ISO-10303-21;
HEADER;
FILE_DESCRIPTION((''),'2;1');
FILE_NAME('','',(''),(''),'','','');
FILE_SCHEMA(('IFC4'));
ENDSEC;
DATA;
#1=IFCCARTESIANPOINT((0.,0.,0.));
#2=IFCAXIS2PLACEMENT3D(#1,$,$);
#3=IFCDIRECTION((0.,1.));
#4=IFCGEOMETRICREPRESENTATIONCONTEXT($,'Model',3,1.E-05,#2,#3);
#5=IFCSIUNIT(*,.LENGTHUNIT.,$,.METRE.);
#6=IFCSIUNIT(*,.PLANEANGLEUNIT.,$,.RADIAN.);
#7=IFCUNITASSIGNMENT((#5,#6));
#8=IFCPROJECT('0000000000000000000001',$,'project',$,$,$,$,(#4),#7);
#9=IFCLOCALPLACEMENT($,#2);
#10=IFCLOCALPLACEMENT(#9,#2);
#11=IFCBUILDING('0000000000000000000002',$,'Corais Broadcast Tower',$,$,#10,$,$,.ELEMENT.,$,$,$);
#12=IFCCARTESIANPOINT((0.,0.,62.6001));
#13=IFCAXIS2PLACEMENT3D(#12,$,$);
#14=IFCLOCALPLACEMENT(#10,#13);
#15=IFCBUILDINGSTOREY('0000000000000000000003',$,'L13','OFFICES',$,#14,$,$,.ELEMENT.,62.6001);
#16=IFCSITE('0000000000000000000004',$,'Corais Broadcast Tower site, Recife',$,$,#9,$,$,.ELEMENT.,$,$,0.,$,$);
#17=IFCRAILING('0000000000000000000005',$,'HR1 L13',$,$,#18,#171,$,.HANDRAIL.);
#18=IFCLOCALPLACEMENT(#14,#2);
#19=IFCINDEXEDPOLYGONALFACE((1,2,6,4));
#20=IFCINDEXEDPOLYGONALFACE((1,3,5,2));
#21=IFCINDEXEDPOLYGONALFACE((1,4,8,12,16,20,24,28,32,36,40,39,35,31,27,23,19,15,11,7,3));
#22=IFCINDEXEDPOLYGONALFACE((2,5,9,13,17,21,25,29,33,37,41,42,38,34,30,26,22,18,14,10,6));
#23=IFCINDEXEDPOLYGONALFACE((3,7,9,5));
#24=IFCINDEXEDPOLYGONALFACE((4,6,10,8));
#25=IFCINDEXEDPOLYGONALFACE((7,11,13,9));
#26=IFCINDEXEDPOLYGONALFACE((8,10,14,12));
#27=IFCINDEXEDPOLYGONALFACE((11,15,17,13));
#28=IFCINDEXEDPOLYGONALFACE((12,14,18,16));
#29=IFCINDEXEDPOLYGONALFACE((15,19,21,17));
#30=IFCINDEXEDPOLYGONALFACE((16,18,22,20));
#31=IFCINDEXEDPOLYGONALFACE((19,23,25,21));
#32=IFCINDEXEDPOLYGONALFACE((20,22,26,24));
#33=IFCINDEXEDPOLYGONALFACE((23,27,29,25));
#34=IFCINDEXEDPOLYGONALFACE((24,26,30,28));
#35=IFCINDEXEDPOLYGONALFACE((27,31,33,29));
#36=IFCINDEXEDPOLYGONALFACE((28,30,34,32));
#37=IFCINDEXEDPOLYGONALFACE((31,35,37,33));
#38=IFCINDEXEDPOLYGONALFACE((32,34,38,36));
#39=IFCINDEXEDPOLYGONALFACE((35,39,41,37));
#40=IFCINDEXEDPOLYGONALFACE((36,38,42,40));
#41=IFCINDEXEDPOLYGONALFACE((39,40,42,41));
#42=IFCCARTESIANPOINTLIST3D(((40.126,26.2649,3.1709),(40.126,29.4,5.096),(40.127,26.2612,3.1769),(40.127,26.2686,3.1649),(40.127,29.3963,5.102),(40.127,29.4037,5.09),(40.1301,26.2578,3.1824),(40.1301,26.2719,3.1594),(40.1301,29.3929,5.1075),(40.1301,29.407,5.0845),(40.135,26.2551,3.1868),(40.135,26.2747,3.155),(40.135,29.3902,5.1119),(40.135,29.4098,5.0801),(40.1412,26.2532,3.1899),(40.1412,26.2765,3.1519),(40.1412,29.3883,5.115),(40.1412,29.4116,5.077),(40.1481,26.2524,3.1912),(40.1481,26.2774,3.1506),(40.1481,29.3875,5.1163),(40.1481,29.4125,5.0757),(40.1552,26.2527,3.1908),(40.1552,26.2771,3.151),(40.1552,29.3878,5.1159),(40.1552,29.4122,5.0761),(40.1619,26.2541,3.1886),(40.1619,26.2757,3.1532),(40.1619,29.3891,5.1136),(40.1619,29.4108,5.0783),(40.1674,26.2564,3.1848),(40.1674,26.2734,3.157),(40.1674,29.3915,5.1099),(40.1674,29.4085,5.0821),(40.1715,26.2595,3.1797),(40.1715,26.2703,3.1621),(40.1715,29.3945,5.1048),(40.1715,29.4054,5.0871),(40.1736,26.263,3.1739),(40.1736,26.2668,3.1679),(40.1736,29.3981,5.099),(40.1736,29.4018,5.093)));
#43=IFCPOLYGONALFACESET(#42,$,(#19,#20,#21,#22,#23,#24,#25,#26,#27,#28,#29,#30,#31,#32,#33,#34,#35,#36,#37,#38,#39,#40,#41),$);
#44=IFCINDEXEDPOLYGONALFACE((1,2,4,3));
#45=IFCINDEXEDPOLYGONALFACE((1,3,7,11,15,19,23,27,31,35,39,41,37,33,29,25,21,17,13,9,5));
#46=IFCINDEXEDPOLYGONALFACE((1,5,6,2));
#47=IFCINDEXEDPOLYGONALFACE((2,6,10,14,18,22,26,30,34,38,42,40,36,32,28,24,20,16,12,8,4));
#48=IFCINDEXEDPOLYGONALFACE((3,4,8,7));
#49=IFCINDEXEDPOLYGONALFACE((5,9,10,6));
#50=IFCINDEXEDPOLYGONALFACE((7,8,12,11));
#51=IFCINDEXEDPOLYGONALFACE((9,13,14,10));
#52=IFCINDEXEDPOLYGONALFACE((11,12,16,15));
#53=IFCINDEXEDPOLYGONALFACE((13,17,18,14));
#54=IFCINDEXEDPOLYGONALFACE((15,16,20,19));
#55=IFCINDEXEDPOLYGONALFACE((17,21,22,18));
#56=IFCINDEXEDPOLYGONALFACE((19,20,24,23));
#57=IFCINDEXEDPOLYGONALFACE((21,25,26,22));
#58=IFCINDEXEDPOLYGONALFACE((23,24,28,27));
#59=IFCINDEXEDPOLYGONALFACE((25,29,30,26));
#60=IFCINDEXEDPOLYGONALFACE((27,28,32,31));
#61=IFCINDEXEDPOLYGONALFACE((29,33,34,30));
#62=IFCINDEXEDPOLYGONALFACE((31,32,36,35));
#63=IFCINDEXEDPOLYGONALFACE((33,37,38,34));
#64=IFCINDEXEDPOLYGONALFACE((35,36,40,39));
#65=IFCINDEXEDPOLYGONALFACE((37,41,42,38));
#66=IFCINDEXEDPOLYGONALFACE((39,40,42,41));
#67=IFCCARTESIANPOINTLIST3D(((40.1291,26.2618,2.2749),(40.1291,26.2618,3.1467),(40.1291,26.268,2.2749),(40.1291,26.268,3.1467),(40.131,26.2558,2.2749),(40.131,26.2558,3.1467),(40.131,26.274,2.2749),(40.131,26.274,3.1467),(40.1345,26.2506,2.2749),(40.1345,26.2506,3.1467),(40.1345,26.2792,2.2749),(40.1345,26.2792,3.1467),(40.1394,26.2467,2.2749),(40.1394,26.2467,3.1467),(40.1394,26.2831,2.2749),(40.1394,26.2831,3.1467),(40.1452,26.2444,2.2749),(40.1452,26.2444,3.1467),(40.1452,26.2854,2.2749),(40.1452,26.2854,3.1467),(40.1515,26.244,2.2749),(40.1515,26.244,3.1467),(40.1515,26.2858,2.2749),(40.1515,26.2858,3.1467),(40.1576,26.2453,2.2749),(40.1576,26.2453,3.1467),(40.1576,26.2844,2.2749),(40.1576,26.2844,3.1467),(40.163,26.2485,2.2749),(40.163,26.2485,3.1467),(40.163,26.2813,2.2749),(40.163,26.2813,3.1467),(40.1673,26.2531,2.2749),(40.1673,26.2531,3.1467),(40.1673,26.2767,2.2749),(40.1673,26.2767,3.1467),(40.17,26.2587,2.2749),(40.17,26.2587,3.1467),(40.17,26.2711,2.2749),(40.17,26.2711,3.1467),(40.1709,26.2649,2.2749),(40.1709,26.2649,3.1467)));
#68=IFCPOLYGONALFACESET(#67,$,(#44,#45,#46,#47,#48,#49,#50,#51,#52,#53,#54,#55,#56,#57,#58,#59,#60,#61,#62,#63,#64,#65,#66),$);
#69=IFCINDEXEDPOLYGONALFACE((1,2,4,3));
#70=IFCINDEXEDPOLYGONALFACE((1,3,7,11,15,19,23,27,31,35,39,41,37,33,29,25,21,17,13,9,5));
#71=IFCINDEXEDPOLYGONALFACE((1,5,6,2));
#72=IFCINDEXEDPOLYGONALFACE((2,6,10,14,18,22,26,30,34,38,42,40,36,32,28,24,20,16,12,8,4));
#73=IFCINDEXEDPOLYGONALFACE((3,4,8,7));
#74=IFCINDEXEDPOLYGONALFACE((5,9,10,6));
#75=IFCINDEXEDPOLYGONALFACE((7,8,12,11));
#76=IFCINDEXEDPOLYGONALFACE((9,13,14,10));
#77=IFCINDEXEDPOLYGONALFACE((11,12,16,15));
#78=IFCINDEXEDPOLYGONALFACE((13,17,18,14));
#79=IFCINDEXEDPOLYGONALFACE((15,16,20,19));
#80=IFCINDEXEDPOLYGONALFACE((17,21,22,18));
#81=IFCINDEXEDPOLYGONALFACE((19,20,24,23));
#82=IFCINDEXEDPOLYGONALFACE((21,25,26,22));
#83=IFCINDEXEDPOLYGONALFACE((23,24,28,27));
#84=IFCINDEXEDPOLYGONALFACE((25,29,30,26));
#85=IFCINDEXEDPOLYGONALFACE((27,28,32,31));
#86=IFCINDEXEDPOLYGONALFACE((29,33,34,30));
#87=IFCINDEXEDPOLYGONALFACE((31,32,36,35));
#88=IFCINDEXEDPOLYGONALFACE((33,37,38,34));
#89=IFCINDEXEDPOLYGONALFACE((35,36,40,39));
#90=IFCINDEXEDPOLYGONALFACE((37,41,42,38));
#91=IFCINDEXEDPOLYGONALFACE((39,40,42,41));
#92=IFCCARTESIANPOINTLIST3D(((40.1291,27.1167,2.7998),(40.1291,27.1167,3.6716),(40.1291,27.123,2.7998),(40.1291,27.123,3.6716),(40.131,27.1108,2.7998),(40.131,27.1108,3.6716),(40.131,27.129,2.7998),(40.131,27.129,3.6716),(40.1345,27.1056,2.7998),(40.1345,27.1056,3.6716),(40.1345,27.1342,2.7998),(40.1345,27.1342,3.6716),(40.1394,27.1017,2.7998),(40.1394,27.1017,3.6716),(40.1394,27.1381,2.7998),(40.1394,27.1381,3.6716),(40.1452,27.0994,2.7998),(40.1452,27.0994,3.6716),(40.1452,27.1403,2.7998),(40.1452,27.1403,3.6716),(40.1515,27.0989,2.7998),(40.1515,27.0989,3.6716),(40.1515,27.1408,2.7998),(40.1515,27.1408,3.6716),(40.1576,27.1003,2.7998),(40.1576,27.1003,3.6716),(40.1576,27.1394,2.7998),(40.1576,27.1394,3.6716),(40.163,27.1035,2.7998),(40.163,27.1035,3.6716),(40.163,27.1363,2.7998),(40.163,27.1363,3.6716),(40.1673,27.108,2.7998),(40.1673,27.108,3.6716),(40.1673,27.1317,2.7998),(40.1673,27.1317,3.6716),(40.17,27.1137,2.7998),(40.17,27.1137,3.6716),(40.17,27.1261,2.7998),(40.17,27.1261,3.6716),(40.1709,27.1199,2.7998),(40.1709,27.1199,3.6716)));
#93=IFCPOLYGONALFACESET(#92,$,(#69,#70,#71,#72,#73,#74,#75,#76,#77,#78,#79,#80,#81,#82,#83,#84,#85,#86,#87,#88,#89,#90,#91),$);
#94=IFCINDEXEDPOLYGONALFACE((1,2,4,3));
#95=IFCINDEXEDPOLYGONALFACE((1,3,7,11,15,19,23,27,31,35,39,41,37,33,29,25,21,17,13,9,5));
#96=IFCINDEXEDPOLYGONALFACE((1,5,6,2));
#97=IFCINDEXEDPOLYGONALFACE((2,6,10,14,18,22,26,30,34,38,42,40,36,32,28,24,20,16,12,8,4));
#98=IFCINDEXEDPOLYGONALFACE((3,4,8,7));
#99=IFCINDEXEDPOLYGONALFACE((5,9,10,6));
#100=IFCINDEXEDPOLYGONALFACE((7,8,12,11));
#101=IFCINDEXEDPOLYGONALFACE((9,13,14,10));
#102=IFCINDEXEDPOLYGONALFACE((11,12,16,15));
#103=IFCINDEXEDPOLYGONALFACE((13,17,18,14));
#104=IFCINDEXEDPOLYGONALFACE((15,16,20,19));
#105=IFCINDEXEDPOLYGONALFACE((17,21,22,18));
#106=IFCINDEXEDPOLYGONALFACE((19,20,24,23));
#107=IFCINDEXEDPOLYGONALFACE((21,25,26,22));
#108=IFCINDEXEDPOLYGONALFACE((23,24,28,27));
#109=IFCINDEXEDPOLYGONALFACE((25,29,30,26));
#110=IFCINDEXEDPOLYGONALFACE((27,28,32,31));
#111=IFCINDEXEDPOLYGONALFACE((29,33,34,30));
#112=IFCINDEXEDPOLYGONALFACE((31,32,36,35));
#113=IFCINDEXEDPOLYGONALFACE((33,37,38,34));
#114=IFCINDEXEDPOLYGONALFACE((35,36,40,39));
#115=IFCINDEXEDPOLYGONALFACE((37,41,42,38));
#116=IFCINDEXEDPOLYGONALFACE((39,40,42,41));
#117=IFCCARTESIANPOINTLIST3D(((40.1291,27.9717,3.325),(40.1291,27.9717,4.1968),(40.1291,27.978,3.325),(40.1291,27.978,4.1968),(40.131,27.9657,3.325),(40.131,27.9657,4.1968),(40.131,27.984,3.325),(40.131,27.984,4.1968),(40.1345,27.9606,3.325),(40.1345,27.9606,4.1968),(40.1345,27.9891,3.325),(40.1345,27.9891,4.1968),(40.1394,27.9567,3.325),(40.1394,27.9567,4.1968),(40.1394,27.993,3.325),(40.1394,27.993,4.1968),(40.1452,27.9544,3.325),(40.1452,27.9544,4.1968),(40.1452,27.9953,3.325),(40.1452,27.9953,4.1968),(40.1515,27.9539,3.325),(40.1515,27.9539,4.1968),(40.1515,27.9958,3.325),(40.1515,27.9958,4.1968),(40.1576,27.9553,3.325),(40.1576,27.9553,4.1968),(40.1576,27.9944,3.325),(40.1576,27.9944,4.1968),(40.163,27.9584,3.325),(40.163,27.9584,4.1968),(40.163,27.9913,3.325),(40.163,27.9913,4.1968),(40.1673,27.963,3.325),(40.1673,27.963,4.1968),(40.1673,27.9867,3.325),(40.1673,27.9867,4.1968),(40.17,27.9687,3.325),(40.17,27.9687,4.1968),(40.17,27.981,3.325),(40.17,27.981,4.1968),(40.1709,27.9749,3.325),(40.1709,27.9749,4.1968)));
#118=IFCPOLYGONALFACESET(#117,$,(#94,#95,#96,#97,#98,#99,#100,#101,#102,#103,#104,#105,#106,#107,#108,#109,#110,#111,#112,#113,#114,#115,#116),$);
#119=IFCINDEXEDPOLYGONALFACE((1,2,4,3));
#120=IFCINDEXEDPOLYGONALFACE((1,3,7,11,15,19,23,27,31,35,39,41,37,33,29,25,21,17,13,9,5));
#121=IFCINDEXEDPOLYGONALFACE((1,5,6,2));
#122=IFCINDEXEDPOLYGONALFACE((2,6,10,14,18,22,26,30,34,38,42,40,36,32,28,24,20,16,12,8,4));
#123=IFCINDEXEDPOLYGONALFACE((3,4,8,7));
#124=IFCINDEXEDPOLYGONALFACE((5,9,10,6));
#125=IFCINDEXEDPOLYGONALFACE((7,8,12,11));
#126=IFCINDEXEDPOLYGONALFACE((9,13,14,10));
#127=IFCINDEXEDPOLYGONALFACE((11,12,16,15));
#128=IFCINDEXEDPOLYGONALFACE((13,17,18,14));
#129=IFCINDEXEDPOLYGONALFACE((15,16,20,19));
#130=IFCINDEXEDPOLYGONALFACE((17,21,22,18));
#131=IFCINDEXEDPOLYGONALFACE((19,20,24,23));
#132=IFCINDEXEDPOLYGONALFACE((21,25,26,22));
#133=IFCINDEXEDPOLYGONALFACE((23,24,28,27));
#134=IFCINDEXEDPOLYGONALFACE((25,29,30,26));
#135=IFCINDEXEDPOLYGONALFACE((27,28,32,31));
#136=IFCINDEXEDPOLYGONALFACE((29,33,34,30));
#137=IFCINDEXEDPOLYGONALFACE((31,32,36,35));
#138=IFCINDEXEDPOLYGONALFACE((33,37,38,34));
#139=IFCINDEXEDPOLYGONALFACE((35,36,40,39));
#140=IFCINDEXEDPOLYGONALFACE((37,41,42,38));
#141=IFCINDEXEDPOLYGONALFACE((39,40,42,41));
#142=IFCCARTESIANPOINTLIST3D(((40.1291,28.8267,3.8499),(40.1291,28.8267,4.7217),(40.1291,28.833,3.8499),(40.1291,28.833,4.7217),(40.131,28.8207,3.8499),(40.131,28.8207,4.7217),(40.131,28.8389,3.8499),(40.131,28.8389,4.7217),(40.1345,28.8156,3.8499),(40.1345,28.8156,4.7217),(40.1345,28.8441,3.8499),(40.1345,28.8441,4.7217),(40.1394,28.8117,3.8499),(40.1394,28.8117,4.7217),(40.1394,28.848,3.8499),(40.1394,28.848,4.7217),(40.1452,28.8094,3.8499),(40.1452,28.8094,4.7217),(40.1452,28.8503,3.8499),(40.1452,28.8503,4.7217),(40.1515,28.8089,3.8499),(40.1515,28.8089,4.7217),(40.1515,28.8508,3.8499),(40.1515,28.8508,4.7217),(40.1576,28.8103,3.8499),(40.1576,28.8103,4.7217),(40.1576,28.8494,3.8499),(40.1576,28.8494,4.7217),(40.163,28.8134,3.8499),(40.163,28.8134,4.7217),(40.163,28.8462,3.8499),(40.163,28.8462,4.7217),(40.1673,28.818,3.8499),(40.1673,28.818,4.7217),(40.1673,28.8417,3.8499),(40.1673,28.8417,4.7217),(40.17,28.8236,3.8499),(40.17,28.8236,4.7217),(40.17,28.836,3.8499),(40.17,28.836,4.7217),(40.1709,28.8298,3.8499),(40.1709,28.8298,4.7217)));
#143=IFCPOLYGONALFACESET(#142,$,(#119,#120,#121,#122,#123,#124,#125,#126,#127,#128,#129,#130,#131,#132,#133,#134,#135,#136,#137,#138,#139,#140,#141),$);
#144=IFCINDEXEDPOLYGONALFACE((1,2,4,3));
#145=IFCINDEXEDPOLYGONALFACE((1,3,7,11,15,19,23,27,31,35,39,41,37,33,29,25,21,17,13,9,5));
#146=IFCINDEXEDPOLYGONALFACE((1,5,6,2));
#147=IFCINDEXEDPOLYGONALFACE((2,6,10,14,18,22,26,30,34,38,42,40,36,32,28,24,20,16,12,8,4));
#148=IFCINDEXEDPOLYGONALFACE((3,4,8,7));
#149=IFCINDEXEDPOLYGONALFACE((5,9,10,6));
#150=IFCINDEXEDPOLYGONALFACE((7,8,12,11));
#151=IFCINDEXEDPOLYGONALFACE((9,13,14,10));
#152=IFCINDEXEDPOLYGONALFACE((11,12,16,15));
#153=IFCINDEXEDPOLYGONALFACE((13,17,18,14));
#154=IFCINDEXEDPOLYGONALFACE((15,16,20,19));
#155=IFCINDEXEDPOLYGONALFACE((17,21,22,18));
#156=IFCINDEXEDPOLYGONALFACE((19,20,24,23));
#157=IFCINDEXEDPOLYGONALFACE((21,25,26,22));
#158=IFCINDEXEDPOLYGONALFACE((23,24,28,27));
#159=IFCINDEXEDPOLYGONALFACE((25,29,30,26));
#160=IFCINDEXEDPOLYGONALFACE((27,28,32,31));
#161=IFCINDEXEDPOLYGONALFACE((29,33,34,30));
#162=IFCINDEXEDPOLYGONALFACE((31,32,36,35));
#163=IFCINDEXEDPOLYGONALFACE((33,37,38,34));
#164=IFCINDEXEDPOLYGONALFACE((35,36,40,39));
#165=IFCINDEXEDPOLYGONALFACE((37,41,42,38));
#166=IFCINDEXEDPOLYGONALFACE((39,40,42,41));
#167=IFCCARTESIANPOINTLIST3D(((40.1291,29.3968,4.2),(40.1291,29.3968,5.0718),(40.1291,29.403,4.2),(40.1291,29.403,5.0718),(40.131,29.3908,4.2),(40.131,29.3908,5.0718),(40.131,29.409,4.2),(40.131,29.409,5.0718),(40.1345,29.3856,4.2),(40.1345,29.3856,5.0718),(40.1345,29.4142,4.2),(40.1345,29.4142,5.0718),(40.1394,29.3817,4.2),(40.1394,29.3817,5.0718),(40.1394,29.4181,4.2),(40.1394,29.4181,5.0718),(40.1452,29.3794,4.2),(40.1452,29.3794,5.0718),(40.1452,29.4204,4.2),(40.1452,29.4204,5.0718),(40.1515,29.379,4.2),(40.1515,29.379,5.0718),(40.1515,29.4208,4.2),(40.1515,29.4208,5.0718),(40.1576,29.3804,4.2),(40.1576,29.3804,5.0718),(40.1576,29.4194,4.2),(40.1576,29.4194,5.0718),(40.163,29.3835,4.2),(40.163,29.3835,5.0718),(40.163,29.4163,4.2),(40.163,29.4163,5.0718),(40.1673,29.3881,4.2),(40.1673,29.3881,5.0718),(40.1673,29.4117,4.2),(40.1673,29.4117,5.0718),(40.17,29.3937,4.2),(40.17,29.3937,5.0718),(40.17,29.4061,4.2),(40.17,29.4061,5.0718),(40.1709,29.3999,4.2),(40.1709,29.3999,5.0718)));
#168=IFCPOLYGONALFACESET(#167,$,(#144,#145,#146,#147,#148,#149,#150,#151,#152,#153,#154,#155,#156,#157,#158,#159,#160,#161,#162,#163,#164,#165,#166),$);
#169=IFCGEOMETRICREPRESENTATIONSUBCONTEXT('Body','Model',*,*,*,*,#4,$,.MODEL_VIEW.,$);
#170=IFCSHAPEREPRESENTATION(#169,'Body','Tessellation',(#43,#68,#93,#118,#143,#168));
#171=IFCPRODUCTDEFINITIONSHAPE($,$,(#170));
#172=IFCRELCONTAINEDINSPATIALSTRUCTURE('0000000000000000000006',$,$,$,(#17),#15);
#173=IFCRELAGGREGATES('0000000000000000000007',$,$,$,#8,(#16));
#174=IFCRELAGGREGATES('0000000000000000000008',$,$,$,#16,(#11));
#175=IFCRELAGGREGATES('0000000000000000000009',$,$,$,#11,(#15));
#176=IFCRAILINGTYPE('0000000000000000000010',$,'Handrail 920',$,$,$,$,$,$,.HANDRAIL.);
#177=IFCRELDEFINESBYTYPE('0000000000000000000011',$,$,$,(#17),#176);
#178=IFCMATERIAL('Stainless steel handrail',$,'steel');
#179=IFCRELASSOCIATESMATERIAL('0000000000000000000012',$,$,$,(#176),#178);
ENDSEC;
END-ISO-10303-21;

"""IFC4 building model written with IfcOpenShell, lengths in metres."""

from ifc_helpers import new_model, si_unit, direction, frame, origin, origin_2d, place, context, subcontext, project, spatial, circle, extrude, material, type_object, element, save


model = new_model("IFC4")

# Units and contexts
model_context = context("Model", 3, precision=1e-05, world=origin(), true_north=direction((0.0, 1.0)))
body_context = subcontext(model_context, "Body", "Model", "MODEL_VIEW")
ifc_project = project(units=[si_unit("LENGTHUNIT", "METRE"), si_unit("PLANEANGLEUNIT", "RADIAN")], contexts=[model_context])

# Site, building, storey
site_placement = place(None, origin())
site = spatial("IfcSite", under=ifc_project, at=site_placement, Name="Corais Broadcast Tower site, Recife", CompositionType="ELEMENT", RefElevation=0.0)
building_placement = place(site_placement, origin())
building = spatial("IfcBuilding", under=site, at=building_placement, Name="Corais Broadcast Tower", CompositionType="ELEMENT")
storey_placement = place(building_placement, frame((0.0, 0.0, 62.6001)))
storey = spatial("IfcBuildingStorey", under=building, at=storey_placement, Name="L13", Description="OFFICES", CompositionType="ELEMENT", Elevation=62.6001)

# Railing
ifc_material_1 = material(Name="Stainless steel handrail", Category="steel")
railing_type = type_object("IfcRailingType", Name="Handrail 920", PredefinedType="HANDRAIL", material=ifc_material_1)
for number, where, name in (
    (1, (40.1499, 26.2649, 2.2749), "HR1 L13"),
):
    element("IfcRailing", number, at=place(storey_placement, frame(where)), inside=storey, type_object=railing_type, Name=name, PredefinedType="HANDRAIL", context=body_context, shape_type="SweptSolid", body=[
        extrude(circle(Radius=0.0239, at=origin_2d()), frame((0.0, 0.0, 0.896), z_axis=(0.0, 0.852166, 0.523271), x_axis=(-1.0, 0.0, 0.0)), (0.0, 0.0, 1.0), 3.679),
        extrude(circle(Radius=0.021, at=origin_2d()), origin(), (0.0, 0.0, 1.0), 0.8718),
        extrude(circle(Radius=0.021, at=origin_2d()), frame((0.0, 0.855, 0.5249)), (0.0, 0.0, 1.0), 0.8718),
        extrude(circle(Radius=0.021, at=origin_2d()), frame((0.0, 1.71, 1.05)), (0.0, 0.0, 1.0), 0.8718),
        extrude(circle(Radius=0.021, at=origin_2d()), frame((0.0, 2.5649, 1.575)), (0.0, 0.0, 1.0), 0.8718),
        extrude(circle(Radius=0.021, at=origin_2d()), frame((0.0, 3.135, 1.925)), (0.0, 0.0, 1.0), 0.8718),
    ])

save(model, "model.ifc")
